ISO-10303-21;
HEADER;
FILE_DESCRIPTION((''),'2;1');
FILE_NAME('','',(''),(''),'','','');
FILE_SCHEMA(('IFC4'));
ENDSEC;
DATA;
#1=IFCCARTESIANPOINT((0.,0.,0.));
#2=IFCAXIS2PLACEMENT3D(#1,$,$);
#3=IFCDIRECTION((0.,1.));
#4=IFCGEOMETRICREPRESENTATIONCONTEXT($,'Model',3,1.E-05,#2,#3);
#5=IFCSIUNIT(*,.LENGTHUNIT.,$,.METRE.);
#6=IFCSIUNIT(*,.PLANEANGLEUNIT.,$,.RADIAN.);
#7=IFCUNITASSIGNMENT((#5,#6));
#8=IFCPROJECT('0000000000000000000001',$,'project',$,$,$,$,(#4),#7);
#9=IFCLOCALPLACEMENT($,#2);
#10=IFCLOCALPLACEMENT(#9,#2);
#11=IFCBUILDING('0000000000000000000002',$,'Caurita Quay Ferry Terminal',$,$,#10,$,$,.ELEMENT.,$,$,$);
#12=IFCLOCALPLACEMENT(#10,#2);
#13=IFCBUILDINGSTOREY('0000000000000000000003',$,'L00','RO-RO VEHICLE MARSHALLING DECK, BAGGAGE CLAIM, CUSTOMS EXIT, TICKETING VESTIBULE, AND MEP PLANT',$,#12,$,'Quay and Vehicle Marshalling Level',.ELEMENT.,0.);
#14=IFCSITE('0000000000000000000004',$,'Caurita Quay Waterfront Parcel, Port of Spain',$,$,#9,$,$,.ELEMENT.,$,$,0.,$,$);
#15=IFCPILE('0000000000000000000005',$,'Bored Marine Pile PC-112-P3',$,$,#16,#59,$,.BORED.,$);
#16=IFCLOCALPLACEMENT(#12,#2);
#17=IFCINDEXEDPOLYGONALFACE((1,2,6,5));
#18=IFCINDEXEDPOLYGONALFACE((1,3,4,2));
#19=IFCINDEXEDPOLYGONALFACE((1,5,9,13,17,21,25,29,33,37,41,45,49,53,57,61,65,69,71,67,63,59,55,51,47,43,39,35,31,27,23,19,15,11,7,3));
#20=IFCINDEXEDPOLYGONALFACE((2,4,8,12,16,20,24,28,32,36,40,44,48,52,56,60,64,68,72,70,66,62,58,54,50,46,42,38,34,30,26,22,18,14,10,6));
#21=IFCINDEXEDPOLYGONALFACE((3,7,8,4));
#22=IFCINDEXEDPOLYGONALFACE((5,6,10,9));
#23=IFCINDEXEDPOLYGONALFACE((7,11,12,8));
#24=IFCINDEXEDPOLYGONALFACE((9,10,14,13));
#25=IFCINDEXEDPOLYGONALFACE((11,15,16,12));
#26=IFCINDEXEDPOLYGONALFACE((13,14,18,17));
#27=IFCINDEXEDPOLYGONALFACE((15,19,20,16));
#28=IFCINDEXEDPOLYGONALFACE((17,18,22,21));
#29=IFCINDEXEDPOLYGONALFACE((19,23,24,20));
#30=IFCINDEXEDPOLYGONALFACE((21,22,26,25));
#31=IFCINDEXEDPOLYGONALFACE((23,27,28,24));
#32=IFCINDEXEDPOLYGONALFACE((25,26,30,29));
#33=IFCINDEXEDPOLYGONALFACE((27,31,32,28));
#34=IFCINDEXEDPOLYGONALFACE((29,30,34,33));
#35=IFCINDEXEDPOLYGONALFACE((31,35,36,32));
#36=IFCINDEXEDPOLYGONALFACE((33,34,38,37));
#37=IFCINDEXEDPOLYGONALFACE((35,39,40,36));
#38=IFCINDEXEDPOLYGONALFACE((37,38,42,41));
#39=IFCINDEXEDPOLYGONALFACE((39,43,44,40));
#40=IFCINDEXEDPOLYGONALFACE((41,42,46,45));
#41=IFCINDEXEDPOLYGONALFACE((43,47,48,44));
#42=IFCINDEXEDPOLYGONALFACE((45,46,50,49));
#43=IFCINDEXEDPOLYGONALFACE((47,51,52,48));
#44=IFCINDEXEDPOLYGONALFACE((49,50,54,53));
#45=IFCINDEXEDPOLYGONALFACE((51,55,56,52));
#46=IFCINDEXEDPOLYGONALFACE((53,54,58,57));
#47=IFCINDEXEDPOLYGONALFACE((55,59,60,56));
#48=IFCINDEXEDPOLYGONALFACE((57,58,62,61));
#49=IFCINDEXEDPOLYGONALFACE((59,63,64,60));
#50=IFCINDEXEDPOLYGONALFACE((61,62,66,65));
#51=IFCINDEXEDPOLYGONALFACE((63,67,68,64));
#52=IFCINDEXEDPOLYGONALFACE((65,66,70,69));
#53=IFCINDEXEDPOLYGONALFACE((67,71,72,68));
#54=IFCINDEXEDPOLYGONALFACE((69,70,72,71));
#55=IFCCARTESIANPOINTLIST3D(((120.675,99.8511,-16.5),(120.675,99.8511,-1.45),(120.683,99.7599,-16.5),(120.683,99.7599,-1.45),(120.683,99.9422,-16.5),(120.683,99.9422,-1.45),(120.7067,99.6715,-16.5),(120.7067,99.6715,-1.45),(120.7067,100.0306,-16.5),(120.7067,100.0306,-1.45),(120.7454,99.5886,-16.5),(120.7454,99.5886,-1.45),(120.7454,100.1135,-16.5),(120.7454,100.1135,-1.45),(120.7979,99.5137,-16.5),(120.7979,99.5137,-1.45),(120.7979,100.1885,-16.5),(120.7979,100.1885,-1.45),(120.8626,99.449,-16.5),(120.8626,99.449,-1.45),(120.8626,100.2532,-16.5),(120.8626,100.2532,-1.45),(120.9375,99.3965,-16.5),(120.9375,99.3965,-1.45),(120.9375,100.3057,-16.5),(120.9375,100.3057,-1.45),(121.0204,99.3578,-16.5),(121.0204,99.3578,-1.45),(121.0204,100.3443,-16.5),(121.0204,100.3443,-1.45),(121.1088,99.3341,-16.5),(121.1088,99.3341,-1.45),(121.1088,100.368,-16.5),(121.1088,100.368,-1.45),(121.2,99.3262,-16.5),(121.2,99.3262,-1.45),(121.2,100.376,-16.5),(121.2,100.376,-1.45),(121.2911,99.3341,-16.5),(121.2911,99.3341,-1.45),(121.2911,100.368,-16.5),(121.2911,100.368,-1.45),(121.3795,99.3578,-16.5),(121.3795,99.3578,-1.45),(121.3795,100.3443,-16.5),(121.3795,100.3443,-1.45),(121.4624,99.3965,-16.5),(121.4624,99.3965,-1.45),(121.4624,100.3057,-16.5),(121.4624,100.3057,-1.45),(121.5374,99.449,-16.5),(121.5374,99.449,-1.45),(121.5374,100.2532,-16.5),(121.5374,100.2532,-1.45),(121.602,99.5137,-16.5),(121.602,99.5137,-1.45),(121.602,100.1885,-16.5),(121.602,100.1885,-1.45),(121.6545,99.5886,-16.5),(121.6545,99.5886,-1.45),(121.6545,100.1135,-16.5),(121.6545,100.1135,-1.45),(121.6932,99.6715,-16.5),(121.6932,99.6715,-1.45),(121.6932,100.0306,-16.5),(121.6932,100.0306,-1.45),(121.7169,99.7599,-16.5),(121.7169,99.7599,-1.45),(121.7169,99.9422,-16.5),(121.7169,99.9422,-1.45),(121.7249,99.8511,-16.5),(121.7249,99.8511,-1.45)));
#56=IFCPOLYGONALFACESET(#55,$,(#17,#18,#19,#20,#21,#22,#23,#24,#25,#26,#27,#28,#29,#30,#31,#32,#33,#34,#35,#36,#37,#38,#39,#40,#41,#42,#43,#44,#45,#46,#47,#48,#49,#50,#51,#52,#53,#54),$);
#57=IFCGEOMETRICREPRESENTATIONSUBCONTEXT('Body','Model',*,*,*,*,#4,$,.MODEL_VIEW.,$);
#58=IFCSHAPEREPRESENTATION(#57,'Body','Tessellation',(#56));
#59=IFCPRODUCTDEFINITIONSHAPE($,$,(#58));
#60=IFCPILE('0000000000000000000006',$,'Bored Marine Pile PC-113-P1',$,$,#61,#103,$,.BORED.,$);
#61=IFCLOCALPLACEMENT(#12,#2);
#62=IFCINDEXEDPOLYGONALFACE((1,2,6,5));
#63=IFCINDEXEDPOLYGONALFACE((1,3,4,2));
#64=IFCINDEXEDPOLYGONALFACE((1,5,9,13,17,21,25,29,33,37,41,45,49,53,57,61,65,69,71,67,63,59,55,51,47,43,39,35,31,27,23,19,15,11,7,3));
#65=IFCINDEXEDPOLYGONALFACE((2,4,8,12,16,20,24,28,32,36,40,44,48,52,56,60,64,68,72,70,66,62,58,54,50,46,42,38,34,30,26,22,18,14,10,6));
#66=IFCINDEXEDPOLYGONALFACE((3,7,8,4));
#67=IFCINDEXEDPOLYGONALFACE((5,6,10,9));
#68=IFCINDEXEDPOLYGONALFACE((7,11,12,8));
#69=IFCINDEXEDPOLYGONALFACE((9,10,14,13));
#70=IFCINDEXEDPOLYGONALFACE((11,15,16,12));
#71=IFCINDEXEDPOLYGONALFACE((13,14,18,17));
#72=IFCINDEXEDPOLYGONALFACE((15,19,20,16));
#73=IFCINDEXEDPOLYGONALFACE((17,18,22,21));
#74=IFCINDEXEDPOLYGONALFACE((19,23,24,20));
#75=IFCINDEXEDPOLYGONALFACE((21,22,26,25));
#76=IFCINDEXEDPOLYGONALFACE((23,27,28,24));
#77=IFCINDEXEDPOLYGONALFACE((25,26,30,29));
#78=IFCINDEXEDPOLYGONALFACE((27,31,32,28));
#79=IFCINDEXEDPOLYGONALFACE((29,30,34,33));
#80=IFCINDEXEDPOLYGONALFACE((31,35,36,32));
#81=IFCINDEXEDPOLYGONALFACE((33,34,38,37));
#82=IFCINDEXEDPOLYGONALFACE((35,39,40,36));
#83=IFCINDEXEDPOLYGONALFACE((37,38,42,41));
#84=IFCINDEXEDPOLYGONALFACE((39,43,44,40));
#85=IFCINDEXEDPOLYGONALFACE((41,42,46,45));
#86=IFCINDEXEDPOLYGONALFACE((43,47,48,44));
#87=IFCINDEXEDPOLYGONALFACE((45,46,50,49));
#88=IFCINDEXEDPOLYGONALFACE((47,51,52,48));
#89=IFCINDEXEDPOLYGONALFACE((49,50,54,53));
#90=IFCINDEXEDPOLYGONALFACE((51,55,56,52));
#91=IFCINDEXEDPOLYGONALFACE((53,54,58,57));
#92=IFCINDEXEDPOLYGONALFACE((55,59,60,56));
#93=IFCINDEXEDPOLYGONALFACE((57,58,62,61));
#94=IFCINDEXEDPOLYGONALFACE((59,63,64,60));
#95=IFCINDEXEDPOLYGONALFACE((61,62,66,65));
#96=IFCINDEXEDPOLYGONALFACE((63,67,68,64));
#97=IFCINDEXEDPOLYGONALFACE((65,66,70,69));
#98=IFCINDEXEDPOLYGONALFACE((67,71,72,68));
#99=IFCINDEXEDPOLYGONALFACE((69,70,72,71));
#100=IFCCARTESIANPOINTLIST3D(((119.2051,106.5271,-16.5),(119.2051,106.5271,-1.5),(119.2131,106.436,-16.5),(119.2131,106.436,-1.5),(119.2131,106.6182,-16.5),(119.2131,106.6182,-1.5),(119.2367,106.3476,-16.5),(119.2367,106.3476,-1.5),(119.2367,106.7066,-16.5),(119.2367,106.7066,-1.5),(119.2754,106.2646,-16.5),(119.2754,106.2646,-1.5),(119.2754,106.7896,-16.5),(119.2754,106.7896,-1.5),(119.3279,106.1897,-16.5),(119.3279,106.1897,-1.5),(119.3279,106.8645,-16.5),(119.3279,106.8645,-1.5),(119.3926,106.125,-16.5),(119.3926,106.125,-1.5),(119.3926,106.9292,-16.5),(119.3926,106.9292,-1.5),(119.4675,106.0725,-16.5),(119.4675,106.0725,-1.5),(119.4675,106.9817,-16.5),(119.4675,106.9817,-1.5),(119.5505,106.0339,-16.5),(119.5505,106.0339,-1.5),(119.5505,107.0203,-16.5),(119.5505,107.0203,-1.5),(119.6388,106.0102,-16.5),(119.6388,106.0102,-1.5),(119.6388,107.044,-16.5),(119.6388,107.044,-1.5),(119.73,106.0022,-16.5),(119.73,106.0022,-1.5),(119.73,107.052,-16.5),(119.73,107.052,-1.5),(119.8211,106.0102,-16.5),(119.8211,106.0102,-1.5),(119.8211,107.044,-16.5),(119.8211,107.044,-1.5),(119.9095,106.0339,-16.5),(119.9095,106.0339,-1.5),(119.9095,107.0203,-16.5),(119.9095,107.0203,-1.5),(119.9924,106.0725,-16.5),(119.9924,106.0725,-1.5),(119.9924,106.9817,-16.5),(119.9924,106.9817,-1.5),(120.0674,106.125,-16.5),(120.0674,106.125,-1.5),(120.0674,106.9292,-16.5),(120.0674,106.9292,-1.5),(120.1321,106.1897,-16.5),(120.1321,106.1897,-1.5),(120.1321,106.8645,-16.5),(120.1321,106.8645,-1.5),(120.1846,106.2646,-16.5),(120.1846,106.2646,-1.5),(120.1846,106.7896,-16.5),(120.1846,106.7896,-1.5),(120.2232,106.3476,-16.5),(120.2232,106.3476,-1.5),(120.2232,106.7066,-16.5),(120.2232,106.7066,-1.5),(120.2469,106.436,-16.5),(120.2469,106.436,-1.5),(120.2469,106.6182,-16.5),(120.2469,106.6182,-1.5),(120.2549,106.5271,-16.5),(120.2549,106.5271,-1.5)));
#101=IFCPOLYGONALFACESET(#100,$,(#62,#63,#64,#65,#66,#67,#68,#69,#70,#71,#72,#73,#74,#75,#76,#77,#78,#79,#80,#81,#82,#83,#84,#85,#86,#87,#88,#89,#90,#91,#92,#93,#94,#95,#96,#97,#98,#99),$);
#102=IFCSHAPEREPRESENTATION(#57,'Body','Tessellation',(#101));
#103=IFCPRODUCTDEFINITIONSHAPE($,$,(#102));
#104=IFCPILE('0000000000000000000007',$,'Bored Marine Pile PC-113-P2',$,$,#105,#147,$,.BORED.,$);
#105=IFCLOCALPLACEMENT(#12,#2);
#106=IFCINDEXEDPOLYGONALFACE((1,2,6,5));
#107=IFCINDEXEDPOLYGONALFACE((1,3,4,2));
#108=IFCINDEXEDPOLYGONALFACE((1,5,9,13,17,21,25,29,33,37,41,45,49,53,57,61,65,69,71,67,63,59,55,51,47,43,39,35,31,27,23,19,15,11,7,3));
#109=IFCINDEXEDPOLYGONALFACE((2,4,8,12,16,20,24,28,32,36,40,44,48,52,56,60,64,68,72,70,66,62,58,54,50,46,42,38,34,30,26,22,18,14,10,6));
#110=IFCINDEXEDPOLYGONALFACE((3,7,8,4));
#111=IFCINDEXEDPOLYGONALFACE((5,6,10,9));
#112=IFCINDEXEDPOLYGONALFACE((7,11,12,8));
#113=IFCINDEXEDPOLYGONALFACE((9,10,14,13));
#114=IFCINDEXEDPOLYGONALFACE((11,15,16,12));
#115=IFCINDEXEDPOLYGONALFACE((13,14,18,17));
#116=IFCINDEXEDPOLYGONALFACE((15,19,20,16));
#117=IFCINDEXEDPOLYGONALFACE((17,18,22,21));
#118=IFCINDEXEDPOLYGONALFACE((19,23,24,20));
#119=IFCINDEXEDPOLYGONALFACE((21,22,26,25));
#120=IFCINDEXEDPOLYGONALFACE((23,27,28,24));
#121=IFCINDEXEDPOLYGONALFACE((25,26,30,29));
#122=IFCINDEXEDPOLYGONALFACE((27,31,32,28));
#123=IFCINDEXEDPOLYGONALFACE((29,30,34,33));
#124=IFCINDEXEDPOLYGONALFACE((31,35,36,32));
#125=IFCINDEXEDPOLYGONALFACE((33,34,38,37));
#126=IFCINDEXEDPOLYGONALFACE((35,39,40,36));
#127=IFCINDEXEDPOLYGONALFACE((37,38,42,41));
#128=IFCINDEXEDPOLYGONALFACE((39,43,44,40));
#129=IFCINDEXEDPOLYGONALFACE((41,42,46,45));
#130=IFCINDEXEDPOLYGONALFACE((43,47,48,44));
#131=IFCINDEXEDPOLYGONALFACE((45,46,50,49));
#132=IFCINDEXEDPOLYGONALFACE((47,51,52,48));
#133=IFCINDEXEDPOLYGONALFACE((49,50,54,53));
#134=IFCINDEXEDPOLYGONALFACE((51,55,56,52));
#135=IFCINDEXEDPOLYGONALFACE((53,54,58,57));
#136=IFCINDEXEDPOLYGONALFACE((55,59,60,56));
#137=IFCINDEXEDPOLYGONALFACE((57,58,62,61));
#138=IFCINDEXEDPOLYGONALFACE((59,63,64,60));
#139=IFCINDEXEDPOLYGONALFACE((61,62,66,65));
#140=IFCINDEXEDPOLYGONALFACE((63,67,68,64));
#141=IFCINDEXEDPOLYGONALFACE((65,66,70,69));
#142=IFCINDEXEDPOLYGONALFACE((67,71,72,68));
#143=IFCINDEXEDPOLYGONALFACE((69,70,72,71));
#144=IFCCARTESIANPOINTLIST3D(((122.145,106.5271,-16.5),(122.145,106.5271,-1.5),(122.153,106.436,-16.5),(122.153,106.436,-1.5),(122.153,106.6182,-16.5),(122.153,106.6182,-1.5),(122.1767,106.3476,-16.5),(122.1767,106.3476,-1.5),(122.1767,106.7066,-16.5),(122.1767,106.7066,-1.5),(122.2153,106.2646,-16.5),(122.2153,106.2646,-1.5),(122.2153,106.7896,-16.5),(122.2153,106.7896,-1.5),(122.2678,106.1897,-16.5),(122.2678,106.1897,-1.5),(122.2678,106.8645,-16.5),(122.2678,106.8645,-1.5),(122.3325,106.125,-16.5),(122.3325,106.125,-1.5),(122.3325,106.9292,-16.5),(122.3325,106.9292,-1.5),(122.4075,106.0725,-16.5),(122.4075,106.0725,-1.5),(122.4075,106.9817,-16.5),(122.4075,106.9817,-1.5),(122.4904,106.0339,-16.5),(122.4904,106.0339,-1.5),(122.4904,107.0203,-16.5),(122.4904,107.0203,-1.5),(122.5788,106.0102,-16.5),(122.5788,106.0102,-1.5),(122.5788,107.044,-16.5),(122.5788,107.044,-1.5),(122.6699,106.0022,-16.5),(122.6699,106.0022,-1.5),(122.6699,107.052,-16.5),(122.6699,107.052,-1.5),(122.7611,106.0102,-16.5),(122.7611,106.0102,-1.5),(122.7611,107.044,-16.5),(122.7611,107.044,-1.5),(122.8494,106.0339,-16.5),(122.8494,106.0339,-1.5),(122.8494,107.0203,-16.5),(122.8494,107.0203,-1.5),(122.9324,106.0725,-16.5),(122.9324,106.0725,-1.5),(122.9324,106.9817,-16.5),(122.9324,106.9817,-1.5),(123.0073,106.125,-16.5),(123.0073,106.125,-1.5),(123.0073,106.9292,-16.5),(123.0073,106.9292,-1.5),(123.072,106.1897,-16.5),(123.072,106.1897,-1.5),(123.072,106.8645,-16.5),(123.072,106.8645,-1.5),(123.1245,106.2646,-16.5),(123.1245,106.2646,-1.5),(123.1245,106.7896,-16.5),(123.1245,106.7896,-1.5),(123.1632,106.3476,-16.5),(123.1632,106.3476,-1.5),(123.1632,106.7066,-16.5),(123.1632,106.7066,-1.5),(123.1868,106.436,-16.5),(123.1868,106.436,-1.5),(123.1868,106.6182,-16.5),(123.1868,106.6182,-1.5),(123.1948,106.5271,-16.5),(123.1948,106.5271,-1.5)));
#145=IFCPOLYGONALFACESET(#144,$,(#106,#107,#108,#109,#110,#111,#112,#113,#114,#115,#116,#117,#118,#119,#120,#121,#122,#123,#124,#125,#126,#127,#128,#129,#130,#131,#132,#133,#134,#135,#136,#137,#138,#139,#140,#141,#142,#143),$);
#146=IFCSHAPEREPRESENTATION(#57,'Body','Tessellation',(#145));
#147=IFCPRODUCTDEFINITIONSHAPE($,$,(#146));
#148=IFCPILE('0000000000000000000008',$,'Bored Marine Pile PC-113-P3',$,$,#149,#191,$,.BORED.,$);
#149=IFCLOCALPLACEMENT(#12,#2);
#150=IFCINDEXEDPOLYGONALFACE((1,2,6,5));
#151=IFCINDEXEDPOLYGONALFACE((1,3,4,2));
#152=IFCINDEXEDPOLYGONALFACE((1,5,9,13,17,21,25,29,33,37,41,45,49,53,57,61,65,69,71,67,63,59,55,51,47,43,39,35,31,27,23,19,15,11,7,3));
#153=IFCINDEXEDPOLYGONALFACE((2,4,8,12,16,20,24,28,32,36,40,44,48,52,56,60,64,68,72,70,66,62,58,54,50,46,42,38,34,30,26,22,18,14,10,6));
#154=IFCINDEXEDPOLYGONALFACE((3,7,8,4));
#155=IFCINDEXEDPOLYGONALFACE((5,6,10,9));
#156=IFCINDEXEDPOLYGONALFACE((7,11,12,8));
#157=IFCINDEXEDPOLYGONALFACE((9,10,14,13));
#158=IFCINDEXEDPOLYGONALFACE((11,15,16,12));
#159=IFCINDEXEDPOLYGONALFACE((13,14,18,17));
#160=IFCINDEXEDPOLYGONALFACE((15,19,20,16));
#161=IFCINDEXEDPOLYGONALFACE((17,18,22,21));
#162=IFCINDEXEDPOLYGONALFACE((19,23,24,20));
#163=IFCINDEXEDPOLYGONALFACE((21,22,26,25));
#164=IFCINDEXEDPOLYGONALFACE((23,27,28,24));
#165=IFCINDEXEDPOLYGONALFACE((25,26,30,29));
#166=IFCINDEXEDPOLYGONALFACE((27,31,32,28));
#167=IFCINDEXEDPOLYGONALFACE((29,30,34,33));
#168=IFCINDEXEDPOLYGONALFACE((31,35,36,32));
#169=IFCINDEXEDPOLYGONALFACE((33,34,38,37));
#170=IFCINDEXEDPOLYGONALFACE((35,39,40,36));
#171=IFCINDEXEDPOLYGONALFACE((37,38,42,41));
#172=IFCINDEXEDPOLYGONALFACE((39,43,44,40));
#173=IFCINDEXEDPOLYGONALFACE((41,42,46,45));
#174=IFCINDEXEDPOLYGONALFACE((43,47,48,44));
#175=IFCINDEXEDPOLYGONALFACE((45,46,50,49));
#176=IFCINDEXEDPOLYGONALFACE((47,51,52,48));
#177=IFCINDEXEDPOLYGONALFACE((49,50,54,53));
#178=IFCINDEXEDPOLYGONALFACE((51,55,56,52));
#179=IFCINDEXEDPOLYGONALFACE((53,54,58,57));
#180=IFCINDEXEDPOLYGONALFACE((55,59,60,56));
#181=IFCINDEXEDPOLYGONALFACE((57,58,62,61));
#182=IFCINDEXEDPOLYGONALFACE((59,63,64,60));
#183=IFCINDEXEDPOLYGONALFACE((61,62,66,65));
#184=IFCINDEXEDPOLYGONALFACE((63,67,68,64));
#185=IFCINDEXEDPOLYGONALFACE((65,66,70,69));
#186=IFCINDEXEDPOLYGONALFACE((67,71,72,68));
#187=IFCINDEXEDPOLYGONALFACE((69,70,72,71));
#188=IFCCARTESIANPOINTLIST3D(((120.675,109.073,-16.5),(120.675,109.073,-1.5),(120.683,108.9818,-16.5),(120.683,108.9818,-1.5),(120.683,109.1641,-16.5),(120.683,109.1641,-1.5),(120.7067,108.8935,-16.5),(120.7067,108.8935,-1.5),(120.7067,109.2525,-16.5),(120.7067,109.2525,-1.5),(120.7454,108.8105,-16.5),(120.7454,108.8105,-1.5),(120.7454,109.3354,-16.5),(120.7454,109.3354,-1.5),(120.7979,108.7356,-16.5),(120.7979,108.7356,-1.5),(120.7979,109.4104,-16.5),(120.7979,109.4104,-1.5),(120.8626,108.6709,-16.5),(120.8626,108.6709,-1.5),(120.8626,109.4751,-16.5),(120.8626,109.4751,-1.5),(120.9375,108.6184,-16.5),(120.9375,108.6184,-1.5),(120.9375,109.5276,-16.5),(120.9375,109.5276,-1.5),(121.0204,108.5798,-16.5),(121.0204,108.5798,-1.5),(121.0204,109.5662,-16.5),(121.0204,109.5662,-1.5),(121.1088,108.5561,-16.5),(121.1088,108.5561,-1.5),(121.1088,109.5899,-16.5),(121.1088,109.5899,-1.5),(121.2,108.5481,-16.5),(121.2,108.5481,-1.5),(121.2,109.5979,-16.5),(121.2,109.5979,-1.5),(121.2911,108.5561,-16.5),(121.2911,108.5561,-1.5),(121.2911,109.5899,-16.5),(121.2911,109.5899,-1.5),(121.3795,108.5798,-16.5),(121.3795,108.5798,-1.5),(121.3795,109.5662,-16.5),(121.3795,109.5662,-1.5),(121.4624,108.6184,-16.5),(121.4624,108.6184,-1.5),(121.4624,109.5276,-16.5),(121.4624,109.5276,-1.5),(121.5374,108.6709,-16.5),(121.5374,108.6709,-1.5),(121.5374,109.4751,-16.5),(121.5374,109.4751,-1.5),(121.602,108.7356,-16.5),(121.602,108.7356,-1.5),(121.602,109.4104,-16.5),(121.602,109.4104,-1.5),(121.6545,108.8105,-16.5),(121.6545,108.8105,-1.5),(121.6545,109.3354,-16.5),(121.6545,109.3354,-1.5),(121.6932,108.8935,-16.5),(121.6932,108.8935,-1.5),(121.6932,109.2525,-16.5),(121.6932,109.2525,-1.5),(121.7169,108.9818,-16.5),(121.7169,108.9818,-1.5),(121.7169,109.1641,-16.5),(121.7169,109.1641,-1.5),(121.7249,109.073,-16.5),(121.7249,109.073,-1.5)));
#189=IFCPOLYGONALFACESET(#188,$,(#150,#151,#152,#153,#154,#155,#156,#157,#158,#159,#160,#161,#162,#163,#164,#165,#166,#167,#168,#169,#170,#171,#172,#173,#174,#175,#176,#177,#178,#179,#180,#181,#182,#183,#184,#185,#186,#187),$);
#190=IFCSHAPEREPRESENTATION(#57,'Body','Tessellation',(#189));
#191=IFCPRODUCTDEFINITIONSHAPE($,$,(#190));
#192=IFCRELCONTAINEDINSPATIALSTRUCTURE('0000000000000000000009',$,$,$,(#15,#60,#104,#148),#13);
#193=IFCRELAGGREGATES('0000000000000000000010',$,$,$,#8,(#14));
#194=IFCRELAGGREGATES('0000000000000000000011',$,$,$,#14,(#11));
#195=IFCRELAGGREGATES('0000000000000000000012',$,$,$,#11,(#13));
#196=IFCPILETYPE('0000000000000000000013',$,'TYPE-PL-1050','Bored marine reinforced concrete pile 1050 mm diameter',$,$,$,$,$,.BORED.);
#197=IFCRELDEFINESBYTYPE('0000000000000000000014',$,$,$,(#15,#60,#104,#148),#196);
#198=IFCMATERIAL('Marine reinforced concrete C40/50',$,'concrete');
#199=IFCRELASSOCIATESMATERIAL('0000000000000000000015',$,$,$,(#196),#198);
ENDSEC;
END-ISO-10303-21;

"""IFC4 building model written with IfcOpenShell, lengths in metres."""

from ifc_helpers import new_model, si_unit, direction, frame, origin, origin_2d, place, context, subcontext, project, spatial, circle, extrude, material, material_profile, profile_set, type_object, element, save


model = new_model("IFC4")

# Units and contexts
model_context = context("Model", 3, precision=1e-05, world=origin(), true_north=direction((0.0, 1.0)))
body_context = subcontext(model_context, "Body", "Model", "MODEL_VIEW")
ifc_project = project(units=[si_unit("LENGTHUNIT", "METRE"), si_unit("PLANEANGLEUNIT", "RADIAN")], contexts=[model_context])

# Site, building, storey
site_placement = place(None, origin())
site = spatial("IfcSite", under=ifc_project, at=site_placement, Name="Caurita Quay Waterfront Parcel, Port of Spain", CompositionType="ELEMENT", RefElevation=0.0)
building_placement = place(site_placement, origin())
building = spatial("IfcBuilding", under=site, at=building_placement, Name="Caurita Quay Ferry Terminal", CompositionType="ELEMENT")
storey_placement = place(building_placement, origin())
storey = spatial("IfcBuildingStorey", under=building, at=storey_placement, Name="L00", Description="RO-RO VEHICLE MARSHALLING DECK, BAGGAGE CLAIM, CUSTOMS EXIT, TICKETING VESTIBULE, AND MEP PLANT", LongName="Quay and Vehicle Marshalling Level", CompositionType="ELEMENT", Elevation=0.0)

# Piles
ifc_material_1 = material(Name="Marine reinforced concrete C40/50", Category="concrete")
ifc_material_profile_1 = material_profile(ifc_material_1, circle(Radius=0.5249, at=origin_2d()), Name="PILE-D1050")
ifc_profile_set_1 = profile_set([ifc_material_profile_1], Name="Marine reinforced concrete C40/50")
pile_type = type_object("IfcPileType", Name="TYPE-PL-1050", Description="Bored marine reinforced concrete pile 1050 mm diameter", PredefinedType="BORED", material=ifc_profile_set_1)
for number, where, z_axis, x_axis, name in (
    (1, (121.2, 99.8511, -1.45), (0.0, 0.0, -1.0), (1.0, 0.0, 0.0), "Bored Marine Pile PC-112-P3"),
):
    element("IfcPile", number, at=place(storey_placement, frame(where, z_axis=z_axis, x_axis=x_axis)), inside=storey, type_object=pile_type, Name=name, PredefinedType="BORED", context=body_context, shape_type="SweptSolid", body=[
        extrude(circle(Radius=0.5249, at=origin_2d()), origin(), (0.0, 0.0, 1.0), 15.05),
    ])
for number, where, z_axis, x_axis, name in (
    (2, (119.73, 106.5271, -1.5), (0.0, 0.0, -1.0), (1.0, 0.0, 0.0), "Bored Marine Pile PC-113-P1"),
    (3, (122.6699, 106.5271, -1.5), (0.0, 0.0, -1.0), (1.0, 0.0, 0.0), "Bored Marine Pile PC-113-P2"),
    (4, (121.2, 109.073, -1.5), (0.0, 0.0, -1.0), (1.0, 0.0, 0.0), "Bored Marine Pile PC-113-P3"),
):
    element("IfcPile", number, at=place(storey_placement, frame(where, z_axis=z_axis, x_axis=x_axis)), inside=storey, type_object=pile_type, Name=name, PredefinedType="BORED", context=body_context, shape_type="SweptSolid", body=[
        extrude(circle(Radius=0.5249, at=origin_2d()), origin(), (0.0, 0.0, 1.0), 15.0),
    ])

save(model, "model.ifc")
